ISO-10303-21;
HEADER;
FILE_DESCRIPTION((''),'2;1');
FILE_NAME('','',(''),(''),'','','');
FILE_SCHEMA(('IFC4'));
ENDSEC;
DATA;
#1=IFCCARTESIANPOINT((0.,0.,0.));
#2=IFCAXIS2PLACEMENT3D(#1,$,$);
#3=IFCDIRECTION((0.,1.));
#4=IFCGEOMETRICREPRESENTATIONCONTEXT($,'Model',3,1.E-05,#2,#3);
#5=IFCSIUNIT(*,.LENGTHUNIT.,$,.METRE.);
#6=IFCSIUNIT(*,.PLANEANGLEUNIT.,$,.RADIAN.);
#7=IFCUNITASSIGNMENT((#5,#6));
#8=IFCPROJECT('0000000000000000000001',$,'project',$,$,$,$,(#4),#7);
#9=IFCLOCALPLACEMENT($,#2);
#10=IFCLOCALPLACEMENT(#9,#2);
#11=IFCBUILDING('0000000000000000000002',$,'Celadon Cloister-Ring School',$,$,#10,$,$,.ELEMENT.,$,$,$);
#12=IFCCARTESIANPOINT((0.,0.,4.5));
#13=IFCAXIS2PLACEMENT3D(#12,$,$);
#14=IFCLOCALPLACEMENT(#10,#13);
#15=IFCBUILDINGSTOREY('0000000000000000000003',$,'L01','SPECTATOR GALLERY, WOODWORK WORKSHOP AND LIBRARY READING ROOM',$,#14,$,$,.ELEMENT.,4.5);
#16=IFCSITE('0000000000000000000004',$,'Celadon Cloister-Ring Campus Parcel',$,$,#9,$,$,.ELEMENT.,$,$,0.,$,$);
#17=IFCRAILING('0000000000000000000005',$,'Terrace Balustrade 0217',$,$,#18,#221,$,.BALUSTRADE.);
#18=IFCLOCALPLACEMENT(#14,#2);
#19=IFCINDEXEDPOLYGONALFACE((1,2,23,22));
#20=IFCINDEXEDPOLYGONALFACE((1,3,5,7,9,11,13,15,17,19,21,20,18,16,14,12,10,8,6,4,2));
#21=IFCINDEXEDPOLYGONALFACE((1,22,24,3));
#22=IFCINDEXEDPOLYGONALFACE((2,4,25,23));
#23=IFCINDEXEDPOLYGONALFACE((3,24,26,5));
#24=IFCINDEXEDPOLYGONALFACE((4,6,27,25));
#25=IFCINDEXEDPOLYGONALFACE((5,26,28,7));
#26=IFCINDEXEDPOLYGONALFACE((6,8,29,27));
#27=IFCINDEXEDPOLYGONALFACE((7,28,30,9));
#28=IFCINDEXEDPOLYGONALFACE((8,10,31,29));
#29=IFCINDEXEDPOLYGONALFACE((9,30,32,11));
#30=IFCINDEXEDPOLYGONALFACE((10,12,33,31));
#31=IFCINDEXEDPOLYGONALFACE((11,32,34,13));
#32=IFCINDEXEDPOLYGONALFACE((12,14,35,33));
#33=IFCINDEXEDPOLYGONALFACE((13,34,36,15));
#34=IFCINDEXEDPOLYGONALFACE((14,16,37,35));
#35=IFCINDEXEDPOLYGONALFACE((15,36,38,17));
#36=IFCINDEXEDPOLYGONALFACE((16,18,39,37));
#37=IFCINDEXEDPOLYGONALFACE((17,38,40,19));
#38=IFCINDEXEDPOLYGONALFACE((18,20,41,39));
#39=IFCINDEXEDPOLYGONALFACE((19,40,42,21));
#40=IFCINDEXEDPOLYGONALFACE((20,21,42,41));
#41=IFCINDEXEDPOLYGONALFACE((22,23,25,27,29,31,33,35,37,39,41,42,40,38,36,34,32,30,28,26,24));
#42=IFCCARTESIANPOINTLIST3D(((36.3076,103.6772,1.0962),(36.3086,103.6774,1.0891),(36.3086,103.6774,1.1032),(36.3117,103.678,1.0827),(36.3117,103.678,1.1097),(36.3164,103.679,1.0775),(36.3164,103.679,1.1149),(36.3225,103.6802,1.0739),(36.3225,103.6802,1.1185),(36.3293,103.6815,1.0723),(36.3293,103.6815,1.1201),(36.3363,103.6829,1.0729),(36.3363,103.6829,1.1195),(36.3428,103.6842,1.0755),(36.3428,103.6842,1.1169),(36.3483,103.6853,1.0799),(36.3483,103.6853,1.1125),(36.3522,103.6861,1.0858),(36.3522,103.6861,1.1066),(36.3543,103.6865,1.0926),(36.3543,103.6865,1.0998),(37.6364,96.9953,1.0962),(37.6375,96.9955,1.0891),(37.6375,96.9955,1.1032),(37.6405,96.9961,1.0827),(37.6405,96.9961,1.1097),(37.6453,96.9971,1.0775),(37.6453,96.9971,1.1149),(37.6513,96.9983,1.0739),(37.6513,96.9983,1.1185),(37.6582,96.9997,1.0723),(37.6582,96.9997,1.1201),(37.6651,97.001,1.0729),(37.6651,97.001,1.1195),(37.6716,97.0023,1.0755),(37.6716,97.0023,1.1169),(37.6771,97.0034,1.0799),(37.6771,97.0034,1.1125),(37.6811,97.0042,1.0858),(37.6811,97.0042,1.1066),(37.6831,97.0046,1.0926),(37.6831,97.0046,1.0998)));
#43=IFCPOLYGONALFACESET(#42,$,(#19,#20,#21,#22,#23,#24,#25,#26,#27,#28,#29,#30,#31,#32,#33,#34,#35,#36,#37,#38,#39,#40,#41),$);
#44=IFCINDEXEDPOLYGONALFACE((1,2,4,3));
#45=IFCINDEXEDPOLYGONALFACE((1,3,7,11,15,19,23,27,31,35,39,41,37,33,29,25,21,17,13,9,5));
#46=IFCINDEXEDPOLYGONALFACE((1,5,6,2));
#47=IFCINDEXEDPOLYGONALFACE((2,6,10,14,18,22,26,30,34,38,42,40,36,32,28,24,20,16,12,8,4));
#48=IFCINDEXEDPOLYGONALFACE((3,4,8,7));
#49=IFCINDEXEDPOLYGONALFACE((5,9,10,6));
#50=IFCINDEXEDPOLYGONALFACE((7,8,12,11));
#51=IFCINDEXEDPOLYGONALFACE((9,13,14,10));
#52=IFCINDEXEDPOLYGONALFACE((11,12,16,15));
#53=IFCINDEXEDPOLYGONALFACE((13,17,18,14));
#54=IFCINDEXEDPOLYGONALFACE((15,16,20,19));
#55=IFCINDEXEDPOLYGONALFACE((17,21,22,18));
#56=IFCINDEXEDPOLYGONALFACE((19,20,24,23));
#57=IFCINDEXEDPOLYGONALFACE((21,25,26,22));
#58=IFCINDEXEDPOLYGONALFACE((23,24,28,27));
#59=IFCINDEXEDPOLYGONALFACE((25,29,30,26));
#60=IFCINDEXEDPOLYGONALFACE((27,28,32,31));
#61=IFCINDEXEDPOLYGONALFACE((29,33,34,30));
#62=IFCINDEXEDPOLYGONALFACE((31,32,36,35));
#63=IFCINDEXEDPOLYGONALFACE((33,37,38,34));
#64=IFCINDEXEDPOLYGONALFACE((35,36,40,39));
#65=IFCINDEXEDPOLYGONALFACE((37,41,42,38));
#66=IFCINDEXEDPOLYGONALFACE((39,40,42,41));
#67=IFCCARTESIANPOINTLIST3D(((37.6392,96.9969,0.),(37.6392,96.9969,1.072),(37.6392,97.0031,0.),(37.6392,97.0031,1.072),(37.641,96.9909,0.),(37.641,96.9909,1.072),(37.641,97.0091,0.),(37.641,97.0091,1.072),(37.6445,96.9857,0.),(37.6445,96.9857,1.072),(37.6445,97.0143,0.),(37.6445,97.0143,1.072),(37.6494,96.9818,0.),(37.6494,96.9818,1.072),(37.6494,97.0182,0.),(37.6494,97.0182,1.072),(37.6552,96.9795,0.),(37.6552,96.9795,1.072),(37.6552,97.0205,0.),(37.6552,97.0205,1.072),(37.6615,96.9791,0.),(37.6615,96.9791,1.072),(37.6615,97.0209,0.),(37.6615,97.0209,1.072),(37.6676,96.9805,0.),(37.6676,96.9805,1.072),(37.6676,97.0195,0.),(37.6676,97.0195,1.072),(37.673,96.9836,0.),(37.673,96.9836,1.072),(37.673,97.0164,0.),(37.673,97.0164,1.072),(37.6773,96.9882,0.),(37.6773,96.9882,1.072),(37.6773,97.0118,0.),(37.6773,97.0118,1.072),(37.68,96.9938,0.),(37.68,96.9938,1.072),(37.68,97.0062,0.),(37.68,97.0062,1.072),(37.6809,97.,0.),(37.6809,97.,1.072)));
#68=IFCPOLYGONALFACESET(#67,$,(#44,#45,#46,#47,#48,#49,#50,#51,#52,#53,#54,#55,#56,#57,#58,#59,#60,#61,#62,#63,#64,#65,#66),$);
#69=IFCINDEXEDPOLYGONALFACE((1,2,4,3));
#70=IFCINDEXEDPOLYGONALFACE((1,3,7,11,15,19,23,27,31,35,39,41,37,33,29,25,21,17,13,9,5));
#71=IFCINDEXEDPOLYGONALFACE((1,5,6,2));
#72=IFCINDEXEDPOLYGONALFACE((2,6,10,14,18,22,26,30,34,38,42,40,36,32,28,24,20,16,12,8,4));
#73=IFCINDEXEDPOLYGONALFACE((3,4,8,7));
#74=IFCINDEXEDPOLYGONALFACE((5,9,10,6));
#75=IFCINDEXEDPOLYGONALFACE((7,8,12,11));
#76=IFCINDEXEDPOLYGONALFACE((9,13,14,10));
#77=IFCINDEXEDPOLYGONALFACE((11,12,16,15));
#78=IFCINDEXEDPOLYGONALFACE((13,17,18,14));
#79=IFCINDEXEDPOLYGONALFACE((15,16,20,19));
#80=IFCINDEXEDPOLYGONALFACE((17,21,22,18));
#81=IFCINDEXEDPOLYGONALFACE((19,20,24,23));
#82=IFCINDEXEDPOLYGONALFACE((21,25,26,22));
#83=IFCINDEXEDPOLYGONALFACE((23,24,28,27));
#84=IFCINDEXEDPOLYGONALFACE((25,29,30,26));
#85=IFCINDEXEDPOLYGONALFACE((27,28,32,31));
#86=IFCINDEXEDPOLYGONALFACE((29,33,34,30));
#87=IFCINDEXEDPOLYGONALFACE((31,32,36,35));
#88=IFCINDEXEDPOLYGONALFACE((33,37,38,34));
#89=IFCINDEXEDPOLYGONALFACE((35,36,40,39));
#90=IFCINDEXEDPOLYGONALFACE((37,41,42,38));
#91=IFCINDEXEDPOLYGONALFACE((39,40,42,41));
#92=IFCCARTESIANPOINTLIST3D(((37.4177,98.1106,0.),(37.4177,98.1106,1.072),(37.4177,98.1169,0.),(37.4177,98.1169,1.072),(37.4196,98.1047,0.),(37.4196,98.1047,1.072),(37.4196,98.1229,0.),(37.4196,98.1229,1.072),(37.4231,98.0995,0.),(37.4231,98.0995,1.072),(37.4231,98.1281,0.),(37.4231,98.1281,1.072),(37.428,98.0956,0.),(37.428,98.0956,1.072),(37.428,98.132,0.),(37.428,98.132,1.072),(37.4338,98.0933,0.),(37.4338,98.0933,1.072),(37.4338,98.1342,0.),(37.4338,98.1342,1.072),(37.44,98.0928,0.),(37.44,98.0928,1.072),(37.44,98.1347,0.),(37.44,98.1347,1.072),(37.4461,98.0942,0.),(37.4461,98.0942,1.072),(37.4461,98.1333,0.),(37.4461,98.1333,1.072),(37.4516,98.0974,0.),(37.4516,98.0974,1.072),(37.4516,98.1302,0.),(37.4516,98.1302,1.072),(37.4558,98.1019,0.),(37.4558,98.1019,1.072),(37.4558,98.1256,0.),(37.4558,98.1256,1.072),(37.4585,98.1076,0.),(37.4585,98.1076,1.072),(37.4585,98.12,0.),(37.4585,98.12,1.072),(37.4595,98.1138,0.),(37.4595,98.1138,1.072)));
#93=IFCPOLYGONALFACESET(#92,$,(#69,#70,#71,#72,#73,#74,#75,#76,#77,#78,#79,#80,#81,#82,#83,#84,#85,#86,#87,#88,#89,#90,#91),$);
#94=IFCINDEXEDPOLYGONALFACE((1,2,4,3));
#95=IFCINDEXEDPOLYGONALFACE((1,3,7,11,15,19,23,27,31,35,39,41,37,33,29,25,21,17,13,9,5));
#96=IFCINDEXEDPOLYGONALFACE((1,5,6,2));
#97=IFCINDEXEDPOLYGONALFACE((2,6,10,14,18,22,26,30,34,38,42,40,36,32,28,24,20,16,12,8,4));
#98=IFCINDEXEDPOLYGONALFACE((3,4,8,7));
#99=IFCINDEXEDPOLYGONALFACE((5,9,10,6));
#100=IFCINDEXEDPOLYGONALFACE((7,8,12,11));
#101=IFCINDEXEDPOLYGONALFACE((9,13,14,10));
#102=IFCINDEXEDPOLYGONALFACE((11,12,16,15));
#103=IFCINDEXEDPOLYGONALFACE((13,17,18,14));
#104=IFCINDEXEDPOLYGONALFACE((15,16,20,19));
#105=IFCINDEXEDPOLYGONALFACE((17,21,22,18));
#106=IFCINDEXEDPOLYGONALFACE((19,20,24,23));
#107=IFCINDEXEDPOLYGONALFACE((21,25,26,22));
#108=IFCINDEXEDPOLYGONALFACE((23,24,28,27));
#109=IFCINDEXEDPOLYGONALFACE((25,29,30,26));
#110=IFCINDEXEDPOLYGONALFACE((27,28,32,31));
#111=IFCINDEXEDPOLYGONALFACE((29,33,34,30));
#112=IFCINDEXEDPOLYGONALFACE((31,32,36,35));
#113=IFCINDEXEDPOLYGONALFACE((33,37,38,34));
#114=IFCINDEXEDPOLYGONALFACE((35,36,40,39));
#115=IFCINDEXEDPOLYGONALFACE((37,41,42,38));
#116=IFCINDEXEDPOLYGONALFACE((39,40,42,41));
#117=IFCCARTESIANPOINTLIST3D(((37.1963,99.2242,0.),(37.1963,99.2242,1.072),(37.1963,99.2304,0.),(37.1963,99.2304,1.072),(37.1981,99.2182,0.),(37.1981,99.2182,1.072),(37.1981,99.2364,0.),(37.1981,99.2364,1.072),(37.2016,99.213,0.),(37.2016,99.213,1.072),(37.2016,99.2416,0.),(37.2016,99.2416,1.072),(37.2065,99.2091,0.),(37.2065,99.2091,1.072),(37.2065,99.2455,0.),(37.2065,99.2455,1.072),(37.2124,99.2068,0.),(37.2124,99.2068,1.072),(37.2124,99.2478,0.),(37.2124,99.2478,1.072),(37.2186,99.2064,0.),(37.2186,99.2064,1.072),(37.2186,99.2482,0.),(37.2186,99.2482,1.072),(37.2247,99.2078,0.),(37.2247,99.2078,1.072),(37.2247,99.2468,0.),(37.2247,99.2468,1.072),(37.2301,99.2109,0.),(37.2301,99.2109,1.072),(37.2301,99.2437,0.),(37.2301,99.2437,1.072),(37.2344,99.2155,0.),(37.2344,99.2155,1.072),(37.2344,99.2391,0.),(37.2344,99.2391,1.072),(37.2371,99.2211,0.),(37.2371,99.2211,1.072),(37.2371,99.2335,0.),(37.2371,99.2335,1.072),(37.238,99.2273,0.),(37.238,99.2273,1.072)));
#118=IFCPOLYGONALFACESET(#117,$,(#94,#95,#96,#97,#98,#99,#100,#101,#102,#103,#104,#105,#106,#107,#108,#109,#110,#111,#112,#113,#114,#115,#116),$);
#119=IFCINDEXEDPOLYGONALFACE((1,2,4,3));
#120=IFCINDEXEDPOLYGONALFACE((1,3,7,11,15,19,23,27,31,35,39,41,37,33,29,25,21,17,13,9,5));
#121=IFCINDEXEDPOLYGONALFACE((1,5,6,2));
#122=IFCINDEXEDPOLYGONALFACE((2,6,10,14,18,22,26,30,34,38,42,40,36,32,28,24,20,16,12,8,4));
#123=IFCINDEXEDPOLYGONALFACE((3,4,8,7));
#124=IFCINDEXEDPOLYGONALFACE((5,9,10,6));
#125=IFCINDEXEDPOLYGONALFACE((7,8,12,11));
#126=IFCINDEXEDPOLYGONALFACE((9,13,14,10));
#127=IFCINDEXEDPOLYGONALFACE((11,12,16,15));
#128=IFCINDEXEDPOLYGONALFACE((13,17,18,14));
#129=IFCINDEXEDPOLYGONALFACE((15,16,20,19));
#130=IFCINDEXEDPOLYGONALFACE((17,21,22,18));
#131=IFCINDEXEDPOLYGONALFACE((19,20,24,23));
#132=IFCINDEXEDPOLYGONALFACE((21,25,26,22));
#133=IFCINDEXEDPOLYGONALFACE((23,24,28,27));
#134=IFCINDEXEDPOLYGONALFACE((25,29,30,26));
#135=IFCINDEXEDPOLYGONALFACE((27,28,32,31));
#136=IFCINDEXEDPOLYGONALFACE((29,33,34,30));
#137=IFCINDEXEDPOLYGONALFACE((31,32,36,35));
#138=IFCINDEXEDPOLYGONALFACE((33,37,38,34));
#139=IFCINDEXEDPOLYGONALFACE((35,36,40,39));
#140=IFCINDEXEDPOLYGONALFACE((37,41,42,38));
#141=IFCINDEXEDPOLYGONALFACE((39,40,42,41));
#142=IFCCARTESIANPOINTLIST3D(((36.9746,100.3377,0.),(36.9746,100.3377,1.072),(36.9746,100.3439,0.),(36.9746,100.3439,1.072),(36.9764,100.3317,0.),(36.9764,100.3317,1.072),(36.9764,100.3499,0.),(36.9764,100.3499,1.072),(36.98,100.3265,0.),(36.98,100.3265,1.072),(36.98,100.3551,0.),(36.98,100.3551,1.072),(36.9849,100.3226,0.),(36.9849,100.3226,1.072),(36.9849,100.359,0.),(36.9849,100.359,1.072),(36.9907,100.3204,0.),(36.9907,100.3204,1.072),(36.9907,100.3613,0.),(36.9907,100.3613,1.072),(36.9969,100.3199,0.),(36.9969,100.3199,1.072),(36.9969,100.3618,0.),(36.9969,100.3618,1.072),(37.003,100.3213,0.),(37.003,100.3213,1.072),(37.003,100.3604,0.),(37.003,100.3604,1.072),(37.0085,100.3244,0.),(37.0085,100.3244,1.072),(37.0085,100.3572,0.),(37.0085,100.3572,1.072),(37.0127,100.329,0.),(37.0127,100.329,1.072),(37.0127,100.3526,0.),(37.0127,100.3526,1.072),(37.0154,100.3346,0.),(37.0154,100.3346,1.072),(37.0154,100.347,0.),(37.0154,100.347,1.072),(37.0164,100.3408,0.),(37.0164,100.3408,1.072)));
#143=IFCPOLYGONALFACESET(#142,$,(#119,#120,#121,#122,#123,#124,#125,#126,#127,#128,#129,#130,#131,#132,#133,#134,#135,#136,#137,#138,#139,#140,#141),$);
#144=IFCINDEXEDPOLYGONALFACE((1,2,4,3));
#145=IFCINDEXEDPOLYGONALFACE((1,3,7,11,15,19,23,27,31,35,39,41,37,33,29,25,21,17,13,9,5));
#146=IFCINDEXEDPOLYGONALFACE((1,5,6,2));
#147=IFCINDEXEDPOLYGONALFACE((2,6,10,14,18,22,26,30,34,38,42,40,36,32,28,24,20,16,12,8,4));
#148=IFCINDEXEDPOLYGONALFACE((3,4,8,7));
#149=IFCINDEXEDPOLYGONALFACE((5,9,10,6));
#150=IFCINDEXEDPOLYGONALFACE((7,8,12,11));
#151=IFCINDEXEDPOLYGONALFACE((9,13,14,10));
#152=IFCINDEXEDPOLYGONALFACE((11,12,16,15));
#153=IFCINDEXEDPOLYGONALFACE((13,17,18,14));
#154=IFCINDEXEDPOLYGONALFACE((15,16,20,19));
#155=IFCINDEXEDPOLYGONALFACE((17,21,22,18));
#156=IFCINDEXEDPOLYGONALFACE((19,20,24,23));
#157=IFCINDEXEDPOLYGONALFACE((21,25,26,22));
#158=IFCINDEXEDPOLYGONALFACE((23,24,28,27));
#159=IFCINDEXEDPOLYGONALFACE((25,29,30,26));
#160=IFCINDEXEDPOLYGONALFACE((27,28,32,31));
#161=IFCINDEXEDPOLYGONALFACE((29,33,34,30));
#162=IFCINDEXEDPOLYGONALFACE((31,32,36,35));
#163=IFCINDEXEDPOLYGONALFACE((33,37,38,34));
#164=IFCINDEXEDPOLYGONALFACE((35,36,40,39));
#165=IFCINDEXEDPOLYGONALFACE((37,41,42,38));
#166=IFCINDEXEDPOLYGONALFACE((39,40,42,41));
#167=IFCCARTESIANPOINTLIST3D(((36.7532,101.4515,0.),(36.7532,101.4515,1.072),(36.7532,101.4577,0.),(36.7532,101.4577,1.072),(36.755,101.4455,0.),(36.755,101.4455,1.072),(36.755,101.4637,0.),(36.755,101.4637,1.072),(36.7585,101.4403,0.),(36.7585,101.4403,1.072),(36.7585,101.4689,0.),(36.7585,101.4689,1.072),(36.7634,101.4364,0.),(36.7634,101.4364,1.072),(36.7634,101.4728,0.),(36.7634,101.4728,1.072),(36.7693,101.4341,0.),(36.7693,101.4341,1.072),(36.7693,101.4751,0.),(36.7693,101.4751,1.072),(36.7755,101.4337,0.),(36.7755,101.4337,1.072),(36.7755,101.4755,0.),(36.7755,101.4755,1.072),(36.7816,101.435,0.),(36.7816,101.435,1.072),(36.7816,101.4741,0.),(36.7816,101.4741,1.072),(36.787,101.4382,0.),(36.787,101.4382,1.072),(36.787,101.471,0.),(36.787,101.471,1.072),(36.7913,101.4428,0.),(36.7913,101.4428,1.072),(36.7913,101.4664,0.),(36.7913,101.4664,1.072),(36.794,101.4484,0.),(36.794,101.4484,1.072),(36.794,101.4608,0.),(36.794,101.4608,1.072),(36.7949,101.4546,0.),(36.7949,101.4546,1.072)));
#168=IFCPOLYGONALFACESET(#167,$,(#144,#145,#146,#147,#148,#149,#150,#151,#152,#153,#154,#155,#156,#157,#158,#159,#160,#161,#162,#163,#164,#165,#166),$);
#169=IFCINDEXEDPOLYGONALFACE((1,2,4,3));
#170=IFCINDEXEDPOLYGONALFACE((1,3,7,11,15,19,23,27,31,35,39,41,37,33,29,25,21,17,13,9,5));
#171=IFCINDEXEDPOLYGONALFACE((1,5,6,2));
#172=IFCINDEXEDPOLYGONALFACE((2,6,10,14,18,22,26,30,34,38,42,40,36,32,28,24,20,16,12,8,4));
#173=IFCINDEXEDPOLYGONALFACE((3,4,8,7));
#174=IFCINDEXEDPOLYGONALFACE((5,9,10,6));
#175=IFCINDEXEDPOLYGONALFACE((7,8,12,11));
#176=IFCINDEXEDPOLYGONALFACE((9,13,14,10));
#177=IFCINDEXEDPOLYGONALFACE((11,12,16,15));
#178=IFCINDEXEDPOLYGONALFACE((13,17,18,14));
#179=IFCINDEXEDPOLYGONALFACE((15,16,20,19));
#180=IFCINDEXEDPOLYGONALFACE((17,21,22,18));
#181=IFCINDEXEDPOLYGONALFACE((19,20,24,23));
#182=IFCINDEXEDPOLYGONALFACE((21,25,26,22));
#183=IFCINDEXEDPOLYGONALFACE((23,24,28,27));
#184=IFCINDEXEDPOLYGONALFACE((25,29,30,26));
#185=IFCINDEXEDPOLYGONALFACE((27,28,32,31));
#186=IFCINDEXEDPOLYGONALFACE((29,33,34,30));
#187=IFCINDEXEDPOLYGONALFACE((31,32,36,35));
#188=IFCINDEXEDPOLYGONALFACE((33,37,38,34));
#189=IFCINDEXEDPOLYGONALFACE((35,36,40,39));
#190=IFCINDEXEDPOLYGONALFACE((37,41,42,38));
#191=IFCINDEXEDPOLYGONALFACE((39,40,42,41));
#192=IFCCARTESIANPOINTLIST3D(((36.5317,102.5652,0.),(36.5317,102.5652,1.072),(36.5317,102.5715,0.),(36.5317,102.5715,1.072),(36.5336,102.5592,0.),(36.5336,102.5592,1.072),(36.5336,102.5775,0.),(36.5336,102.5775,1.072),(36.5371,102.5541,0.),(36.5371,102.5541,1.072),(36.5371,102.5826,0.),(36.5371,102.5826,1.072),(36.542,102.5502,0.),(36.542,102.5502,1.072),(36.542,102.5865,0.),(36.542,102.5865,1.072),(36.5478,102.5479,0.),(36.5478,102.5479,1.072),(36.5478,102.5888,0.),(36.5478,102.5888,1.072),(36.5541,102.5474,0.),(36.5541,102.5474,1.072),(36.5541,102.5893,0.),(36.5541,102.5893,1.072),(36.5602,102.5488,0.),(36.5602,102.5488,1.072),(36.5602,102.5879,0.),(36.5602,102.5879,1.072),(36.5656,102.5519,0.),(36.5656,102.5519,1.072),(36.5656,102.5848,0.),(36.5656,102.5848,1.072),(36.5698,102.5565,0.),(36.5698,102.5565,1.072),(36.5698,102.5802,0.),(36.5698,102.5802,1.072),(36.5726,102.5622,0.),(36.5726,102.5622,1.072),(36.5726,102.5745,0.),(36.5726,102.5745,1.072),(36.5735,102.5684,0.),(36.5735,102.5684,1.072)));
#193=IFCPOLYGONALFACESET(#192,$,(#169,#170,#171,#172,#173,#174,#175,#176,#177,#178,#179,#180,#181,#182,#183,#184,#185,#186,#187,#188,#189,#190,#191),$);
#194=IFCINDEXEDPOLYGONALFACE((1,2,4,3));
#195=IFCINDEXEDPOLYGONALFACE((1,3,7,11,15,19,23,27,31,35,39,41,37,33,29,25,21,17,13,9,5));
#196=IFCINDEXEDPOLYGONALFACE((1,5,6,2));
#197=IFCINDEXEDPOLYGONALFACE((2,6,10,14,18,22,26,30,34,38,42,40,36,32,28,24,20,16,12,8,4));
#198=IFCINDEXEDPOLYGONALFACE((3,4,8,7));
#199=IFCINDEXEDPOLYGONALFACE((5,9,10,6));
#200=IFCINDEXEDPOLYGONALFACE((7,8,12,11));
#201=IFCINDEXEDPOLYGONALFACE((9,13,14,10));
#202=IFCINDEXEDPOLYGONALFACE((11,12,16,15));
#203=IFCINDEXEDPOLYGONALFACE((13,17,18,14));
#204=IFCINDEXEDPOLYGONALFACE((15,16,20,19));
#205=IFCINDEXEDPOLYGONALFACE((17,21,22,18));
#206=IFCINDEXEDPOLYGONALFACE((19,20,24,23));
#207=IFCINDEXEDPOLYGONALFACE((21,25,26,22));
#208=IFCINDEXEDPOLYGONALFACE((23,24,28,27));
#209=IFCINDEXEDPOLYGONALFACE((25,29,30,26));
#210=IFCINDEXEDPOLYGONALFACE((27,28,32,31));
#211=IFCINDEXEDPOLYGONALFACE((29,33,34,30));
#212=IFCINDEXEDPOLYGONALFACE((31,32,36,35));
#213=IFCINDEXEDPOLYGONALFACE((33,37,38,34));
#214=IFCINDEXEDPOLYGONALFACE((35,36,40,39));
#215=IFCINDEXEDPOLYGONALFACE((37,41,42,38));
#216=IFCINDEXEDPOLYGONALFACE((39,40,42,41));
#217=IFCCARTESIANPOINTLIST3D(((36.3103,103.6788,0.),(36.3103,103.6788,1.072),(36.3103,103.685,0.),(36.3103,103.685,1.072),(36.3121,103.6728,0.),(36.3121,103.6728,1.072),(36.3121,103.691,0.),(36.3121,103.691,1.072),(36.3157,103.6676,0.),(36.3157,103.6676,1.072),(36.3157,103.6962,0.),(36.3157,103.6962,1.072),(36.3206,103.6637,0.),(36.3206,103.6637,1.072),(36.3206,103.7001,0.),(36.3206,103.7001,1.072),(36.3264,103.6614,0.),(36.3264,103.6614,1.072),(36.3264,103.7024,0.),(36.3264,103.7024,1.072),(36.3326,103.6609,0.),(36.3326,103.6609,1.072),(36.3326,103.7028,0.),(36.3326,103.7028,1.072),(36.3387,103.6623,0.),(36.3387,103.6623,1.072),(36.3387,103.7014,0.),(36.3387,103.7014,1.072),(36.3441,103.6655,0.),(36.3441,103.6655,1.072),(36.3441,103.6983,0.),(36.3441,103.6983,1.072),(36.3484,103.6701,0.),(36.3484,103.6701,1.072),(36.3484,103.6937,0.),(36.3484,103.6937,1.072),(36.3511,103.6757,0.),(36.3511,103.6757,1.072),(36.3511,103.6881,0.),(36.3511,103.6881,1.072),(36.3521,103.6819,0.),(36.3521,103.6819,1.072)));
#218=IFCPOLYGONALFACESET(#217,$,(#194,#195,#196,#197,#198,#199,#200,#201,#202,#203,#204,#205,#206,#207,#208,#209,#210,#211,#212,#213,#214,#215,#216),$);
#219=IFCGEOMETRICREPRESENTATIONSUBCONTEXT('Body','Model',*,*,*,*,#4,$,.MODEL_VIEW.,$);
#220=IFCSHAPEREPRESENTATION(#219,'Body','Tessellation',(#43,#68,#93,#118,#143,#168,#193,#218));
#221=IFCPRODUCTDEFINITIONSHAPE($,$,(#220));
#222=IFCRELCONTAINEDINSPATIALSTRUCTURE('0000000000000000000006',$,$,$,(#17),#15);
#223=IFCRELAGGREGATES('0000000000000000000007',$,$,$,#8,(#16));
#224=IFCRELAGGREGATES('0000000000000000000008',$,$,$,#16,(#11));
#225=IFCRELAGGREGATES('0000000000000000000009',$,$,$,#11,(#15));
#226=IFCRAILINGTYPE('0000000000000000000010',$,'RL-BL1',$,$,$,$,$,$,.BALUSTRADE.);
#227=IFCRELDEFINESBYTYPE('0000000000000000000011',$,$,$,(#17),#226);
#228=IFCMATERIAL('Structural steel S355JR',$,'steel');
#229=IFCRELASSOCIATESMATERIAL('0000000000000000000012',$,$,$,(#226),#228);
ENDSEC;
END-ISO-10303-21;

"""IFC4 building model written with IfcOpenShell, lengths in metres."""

from ifc_helpers import new_model, si_unit, direction, frame, origin, origin_2d, place, context, subcontext, project, spatial, circle, extrude, material, type_object, element, save


model = new_model("IFC4")

# Units and contexts
model_context = context("Model", 3, precision=1e-05, world=origin(), true_north=direction((0.0, 1.0)))
body_context = subcontext(model_context, "Body", "Model", "MODEL_VIEW")
ifc_project = project(units=[si_unit("LENGTHUNIT", "METRE"), si_unit("PLANEANGLEUNIT", "RADIAN")], contexts=[model_context])

# Site, building, storey
site_placement = place(None, origin())
site = spatial("IfcSite", under=ifc_project, at=site_placement, Name="Celadon Cloister-Ring Campus Parcel", CompositionType="ELEMENT", RefElevation=0.0)
building_placement = place(site_placement, origin())
building = spatial("IfcBuilding", under=site, at=building_placement, Name="Celadon Cloister-Ring School", CompositionType="ELEMENT")
storey_placement = place(building_placement, frame((0.0, 0.0, 4.5)))
storey = spatial("IfcBuildingStorey", under=building, at=storey_placement, Name="L01", Description="SPECTATOR GALLERY, WOODWORK WORKSHOP AND LIBRARY READING ROOM", CompositionType="ELEMENT", Elevation=4.5)

# Railing
ifc_material_1 = material(Name="Structural steel S355JR", Category="steel")
railing_type_1 = type_object("IfcRailingType", Name="RL-BL1", PredefinedType="BALUSTRADE", material=ifc_material_1)
railing_1_placement = place(storey_placement, frame((37.6599, 97.0, 0.0)))
element("IfcRailing", 1, at=railing_1_placement, inside=storey, type_object=railing_type_1, Name="Terrace Balustrade 0217", PredefinedType="BALUSTRADE", context=body_context, shape_type="SweptSolid", body=[
    extrude(circle(Radius=0.0239, at=origin_2d()), frame((0.0, 0.0, 1.0962), z_axis=(-0.195055, 0.980792, 0.0), x_axis=(-0.980792, -0.195055, 0.0)), (0.0, 0.0, 1.0), 6.8127),
    extrude(circle(Radius=0.021, at=origin_2d()), origin(), (0.0, 0.0, 1.0), 1.072),
    extrude(circle(Radius=0.021, at=origin_2d()), frame((-0.2214, 1.1138, 0.0)), (0.0, 0.0, 1.0), 1.072),
    extrude(circle(Radius=0.021, at=origin_2d()), frame((-0.4429, 2.2273, 0.0)), (0.0, 0.0, 1.0), 1.072),
    extrude(circle(Radius=0.021, at=origin_2d()), frame((-0.6646, 3.3408, 0.0)), (0.0, 0.0, 1.0), 1.072),
    extrude(circle(Radius=0.021, at=origin_2d()), frame((-0.886, 4.4546, 0.0)), (0.0, 0.0, 1.0), 1.072),
    extrude(circle(Radius=0.021, at=origin_2d()), frame((-1.1074, 5.5684, 0.0)), (0.0, 0.0, 1.0), 1.072),
    extrude(circle(Radius=0.021, at=origin_2d()), frame((-1.3289, 6.6819, 0.0)), (0.0, 0.0, 1.0), 1.072),
])

save(model, "model.ifc")
